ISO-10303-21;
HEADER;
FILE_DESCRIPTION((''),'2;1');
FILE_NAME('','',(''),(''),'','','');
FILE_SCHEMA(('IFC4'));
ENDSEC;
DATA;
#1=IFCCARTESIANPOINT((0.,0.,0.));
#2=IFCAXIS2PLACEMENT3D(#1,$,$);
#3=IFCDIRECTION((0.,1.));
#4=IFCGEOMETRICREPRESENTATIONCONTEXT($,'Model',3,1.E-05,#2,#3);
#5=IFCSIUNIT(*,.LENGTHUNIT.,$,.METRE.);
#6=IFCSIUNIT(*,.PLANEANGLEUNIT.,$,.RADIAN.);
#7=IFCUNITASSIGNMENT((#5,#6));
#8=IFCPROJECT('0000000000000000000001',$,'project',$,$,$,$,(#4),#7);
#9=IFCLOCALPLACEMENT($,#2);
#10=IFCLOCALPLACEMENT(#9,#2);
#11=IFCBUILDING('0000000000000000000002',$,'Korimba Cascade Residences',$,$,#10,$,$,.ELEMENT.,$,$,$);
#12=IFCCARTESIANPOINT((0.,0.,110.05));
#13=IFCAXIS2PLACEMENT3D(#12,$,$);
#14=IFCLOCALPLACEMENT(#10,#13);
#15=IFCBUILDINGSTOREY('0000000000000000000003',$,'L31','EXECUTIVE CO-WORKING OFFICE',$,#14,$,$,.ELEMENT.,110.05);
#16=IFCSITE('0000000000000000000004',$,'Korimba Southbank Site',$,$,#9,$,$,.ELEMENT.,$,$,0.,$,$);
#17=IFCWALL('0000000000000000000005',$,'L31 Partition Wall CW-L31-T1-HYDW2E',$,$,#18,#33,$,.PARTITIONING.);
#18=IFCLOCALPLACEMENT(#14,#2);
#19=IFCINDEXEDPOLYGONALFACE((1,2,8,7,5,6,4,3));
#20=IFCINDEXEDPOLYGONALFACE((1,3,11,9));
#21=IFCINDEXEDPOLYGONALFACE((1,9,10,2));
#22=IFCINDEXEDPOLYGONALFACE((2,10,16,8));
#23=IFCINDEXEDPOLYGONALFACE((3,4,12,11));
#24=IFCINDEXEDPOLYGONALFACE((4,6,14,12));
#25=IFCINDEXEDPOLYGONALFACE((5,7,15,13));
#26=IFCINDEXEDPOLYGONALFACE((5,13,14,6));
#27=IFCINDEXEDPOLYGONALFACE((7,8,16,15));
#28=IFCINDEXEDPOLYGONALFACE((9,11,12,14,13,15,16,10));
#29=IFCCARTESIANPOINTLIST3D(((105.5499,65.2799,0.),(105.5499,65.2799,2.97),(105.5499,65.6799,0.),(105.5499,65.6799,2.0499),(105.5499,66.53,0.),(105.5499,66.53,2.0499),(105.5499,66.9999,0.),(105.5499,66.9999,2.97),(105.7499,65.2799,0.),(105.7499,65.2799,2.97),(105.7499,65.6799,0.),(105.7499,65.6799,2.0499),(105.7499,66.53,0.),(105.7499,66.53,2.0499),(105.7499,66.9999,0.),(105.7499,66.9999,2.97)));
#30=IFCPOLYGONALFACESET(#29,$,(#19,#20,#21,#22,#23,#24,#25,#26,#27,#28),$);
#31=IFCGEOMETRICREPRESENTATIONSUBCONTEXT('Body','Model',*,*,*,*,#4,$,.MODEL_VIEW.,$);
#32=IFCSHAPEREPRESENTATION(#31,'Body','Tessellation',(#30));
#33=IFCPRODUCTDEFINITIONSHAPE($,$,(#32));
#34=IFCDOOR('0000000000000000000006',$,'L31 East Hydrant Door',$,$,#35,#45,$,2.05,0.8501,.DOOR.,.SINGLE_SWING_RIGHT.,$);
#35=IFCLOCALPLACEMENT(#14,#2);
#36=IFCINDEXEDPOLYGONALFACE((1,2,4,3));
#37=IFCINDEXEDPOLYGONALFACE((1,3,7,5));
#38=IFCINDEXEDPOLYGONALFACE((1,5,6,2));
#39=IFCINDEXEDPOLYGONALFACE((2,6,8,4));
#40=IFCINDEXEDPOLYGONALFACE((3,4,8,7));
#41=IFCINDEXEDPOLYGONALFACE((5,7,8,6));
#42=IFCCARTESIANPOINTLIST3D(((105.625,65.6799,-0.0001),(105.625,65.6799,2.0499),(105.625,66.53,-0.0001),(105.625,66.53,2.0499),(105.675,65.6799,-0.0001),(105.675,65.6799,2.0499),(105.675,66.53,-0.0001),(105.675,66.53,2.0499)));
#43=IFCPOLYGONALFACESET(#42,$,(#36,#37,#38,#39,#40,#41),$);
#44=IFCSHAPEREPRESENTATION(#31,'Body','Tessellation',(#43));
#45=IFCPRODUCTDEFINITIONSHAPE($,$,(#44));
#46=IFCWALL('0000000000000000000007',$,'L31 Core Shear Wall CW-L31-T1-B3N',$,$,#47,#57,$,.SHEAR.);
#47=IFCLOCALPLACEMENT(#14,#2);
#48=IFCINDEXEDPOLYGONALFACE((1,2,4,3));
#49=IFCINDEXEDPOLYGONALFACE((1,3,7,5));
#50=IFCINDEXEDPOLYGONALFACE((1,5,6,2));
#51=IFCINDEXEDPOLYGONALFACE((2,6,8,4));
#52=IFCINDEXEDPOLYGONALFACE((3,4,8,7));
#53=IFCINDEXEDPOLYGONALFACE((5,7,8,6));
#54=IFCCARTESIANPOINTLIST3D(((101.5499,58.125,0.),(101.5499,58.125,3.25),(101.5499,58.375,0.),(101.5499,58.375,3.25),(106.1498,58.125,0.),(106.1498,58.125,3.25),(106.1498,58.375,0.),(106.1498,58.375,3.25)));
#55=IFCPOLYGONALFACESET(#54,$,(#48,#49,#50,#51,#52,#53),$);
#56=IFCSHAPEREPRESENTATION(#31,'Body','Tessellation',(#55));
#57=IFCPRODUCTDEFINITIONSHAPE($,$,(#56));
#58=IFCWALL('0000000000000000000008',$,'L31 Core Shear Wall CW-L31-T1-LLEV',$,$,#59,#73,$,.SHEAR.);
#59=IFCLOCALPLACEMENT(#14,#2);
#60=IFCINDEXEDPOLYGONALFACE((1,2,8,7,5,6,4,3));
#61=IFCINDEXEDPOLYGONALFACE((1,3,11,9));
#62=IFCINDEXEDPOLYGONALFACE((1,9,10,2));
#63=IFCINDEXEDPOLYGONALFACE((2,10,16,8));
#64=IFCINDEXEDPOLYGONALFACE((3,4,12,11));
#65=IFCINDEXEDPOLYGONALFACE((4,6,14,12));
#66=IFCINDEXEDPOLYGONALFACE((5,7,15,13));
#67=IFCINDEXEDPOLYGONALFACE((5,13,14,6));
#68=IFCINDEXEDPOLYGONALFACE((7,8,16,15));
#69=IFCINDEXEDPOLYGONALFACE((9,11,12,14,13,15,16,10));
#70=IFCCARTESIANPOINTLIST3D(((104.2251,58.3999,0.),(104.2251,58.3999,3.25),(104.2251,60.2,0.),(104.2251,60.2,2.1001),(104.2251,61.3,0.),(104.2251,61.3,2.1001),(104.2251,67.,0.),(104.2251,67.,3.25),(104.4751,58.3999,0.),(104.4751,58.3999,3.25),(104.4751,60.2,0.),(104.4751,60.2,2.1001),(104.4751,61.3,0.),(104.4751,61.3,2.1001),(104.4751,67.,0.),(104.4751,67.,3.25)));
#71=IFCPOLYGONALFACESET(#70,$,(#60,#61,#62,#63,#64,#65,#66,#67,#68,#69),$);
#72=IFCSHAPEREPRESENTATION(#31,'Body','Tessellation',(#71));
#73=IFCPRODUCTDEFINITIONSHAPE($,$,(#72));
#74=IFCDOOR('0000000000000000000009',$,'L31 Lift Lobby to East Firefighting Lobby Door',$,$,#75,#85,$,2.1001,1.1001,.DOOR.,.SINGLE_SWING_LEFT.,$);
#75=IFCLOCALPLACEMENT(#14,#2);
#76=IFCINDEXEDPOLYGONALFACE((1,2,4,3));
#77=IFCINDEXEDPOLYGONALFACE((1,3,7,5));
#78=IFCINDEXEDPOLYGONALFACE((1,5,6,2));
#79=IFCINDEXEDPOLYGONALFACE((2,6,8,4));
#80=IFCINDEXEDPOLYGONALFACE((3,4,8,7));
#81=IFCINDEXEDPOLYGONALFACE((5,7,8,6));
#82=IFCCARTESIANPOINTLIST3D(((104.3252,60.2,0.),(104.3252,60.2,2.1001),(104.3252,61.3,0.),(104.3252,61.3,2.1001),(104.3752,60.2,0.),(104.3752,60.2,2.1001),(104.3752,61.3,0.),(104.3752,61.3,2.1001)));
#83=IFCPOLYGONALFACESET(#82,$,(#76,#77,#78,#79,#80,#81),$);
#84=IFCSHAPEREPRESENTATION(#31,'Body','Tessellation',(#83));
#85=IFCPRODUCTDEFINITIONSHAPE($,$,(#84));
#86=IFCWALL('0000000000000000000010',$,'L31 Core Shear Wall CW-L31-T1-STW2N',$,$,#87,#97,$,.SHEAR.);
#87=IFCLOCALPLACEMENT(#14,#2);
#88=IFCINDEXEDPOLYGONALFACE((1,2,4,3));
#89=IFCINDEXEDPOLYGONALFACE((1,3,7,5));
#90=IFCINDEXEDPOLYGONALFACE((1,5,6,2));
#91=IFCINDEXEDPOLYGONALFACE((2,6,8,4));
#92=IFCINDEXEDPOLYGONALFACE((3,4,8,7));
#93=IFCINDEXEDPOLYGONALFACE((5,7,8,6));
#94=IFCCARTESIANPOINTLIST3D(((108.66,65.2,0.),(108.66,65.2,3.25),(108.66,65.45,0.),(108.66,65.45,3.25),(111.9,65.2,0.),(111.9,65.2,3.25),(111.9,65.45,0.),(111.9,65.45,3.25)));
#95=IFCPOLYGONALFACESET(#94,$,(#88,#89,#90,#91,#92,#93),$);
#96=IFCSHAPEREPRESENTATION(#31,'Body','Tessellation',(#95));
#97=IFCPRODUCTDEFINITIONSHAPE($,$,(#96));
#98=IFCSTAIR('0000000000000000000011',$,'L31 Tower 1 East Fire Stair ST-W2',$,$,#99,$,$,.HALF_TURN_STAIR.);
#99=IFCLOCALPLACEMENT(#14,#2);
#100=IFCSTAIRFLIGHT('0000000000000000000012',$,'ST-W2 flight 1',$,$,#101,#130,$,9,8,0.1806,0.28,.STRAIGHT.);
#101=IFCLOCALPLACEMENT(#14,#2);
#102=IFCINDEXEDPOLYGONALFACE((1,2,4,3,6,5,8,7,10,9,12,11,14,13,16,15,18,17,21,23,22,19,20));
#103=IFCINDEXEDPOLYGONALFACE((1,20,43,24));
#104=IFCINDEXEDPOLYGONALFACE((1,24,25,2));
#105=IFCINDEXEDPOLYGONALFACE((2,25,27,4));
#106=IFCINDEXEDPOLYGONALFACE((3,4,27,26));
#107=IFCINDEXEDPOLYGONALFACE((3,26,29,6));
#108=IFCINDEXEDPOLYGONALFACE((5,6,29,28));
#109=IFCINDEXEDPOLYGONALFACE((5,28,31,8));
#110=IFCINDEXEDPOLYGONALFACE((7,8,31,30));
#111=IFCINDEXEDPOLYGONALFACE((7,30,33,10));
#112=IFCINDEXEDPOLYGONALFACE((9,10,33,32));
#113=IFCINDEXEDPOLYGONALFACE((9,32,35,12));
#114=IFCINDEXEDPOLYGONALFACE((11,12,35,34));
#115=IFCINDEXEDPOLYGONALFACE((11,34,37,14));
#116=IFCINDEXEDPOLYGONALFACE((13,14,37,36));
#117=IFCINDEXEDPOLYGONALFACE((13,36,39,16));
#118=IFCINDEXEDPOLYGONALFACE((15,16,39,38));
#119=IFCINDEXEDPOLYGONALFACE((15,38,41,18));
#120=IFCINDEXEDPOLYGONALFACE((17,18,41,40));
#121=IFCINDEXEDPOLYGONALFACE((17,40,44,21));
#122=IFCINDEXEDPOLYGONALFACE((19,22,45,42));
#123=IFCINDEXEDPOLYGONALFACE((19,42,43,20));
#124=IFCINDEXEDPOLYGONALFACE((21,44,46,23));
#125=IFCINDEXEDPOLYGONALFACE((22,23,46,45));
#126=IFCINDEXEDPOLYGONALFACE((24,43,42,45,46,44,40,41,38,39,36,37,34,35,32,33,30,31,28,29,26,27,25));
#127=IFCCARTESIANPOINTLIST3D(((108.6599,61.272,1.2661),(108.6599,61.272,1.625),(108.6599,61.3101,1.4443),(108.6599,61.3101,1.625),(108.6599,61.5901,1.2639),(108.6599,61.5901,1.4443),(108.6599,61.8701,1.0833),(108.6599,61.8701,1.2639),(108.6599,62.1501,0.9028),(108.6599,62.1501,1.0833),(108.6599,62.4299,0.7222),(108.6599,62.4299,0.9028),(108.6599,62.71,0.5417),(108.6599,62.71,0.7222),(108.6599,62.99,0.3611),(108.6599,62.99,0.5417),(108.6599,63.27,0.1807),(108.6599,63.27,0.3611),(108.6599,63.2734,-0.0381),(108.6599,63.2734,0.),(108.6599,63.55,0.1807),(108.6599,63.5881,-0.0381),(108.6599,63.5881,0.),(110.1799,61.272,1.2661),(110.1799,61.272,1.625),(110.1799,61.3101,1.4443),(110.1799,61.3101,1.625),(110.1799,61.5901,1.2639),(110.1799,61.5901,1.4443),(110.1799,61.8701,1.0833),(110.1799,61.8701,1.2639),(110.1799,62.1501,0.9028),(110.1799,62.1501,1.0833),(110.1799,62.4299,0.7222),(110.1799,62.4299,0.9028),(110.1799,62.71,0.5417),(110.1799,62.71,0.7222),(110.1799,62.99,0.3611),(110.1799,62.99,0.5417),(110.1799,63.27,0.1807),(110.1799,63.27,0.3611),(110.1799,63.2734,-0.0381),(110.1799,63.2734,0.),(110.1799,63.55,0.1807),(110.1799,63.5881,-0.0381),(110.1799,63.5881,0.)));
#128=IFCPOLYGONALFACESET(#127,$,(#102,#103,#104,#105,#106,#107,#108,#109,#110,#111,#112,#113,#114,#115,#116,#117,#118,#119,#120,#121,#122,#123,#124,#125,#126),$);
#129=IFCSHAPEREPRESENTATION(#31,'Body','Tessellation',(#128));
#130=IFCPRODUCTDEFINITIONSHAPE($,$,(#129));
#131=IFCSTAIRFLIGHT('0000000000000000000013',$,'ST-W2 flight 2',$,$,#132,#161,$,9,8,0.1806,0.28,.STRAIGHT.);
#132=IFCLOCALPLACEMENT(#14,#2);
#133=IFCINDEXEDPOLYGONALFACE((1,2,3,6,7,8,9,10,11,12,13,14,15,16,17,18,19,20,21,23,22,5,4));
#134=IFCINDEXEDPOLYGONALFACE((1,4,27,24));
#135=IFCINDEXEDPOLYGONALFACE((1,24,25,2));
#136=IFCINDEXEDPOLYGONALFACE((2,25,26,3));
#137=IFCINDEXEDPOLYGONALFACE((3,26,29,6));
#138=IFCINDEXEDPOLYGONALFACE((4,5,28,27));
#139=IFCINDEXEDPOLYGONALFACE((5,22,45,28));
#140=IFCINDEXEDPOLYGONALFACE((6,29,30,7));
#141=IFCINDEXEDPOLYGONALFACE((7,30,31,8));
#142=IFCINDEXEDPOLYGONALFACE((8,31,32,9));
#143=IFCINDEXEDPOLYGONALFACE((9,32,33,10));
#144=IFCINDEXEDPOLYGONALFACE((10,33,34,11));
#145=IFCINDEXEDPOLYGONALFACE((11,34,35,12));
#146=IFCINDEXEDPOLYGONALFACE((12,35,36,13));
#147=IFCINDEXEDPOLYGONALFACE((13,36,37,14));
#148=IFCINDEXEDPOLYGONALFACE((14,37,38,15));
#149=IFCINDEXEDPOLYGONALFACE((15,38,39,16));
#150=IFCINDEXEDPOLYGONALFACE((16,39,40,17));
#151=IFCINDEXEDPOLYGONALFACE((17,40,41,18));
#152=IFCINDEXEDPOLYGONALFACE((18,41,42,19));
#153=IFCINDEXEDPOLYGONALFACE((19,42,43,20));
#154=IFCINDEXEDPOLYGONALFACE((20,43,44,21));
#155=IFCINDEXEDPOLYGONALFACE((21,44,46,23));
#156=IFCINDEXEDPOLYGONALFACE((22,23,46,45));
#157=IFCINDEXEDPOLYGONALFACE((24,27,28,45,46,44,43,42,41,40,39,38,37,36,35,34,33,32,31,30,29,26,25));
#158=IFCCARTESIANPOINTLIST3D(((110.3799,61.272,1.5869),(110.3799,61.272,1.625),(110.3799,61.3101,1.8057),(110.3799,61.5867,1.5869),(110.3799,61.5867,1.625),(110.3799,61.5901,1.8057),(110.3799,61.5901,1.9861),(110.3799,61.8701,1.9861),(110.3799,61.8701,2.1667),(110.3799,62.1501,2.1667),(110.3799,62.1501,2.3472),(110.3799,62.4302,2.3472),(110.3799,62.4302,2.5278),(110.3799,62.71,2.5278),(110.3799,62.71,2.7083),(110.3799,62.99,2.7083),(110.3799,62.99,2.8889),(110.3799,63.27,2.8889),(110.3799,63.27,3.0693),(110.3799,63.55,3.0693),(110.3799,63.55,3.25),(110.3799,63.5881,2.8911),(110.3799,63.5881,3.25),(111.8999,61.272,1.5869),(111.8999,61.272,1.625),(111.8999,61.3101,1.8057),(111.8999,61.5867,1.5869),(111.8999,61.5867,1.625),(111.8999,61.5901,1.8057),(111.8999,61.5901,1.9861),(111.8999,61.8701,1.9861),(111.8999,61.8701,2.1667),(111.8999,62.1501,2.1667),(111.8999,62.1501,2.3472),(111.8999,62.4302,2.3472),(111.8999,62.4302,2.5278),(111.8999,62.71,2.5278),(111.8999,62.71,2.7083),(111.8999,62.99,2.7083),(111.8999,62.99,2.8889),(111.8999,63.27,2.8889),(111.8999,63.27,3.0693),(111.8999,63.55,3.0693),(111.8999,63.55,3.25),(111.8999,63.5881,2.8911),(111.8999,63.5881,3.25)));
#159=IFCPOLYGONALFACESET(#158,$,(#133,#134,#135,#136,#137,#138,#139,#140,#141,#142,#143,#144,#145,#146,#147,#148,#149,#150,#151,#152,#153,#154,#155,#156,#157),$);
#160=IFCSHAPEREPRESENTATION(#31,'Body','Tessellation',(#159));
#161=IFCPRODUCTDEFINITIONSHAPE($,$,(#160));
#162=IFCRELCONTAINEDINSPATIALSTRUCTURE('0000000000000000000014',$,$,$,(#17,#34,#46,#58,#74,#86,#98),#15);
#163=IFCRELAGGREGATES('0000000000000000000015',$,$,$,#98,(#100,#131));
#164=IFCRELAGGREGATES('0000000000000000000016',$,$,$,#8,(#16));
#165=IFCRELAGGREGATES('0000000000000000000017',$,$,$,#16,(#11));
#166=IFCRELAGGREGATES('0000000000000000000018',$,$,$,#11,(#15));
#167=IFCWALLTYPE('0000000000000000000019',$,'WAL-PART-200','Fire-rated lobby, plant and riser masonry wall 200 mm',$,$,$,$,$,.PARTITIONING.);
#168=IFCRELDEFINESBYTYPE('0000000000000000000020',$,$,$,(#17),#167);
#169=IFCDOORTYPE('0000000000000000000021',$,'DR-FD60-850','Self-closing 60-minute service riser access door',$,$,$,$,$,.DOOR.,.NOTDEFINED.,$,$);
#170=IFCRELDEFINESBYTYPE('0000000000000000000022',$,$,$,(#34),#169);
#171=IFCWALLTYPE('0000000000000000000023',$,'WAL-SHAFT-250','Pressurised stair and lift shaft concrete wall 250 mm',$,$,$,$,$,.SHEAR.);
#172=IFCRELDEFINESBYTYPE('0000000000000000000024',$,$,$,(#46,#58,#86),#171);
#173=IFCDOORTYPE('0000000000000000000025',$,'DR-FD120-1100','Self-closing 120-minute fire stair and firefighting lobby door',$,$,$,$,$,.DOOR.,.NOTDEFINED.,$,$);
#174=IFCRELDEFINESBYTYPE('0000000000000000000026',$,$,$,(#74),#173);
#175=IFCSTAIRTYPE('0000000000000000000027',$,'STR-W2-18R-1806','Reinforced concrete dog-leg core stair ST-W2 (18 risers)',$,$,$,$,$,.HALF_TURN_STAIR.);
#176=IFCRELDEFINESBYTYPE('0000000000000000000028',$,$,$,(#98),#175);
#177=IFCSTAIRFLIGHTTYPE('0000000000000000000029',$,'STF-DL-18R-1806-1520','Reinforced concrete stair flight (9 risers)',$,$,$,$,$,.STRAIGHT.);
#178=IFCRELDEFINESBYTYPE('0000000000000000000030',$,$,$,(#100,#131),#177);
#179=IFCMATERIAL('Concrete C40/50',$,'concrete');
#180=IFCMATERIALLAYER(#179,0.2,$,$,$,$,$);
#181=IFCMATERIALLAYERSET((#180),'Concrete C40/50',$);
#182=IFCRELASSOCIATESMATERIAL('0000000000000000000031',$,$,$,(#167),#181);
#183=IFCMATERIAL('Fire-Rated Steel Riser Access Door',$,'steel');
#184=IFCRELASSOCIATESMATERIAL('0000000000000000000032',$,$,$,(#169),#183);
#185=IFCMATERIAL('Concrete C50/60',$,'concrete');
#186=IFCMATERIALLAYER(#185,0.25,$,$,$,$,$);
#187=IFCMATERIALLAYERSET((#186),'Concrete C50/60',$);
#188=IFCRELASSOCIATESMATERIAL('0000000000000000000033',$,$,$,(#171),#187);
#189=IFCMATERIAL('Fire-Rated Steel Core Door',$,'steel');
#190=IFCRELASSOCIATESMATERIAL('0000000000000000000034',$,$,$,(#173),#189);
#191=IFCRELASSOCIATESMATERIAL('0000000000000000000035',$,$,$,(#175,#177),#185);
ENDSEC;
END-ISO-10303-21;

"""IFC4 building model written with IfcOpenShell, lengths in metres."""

from ifc_helpers import new_model, si_unit, direction, frame, frame_2d, origin, place, context, subcontext, project, spatial, polyline, rectangle, outline, extrude, material, layer, layer_set, type_object, element, fill, aggregate, save


model = new_model("IFC4")

# Units and contexts
model_context = context("Model", 3, precision=1e-05, world=origin(), true_north=direction((0.0, 1.0)))
body_context = subcontext(model_context, "Body", "Model", "MODEL_VIEW")
ifc_project = project(units=[si_unit("LENGTHUNIT", "METRE"), si_unit("PLANEANGLEUNIT", "RADIAN")], contexts=[model_context])

# Site, building, storey
site_placement = place(None, origin())
site = spatial("IfcSite", under=ifc_project, at=site_placement, Name="Korimba Southbank Site", CompositionType="ELEMENT", RefElevation=0.0)
building_placement = place(site_placement, origin())
building = spatial("IfcBuilding", under=site, at=building_placement, Name="Korimba Cascade Residences", CompositionType="ELEMENT")
storey_placement = place(building_placement, frame((0.0, 0.0, 110.05)))
storey = spatial("IfcBuildingStorey", under=building, at=storey_placement, Name="L31", Description="EXECUTIVE CO-WORKING OFFICE", CompositionType="ELEMENT", Elevation=110.05)

# Shared definitions
ifc_material_1 = material(Name="Concrete C40/50", Category="concrete")
ifc_layer_1 = layer(ifc_material_1, 0.2)
ifc_layer_set_1 = layer_set([ifc_layer_1], Name="Concrete C40/50")
wall_type_1 = type_object("IfcWallType", Name="WAL-PART-200", Description="Fire-rated lobby, plant and riser masonry wall 200 mm", PredefinedType="PARTITIONING", material=ifc_layer_set_1)

# Wall, opening, door
wall_1_placement = place(storey_placement, frame((105.6499, 65.28, 0.0), z_axis=(0.0, 0.0, 1.0), x_axis=(0.0, 1.0, 0.0)))
wall_1 = element("IfcWall", 1, at=wall_1_placement, inside=storey, type_object=wall_type_1, Name="L31 Partition Wall CW-L31-T1-HYDW2E", PredefinedType="PARTITIONING", context=body_context, shape_type="SweptSolid", body=[
    extrude(rectangle(XDim=1.72, YDim=0.2, at=frame_2d((0.8599, 0.0))), origin(), (0.0, 0.0, 1.0), 2.97),
])
opening_1_placement = place(wall_1_placement, frame((0.3999, 0.0, 0.0)))
opening_1 = element("IfcOpeningElement", 2, at=opening_1_placement, cuts=wall_1, PredefinedType="OPENING", context=body_context, shape_type="SweptSolid", body=[
    extrude(rectangle(XDim=0.8501, YDim=2.05, at=frame_2d((0.425, 1.0249))), frame((0.0, 0.1099, 0.0), z_axis=(0.0, -1.0, 0.0), x_axis=(1.0, 0.0, 0.0)), (0.0, 0.0, 1.0), 0.22),
])
ifc_material_2 = material(Name="Fire-Rated Steel Riser Access Door", Category="steel")
door_type_1 = type_object("IfcDoorType", Name="DR-FD60-850", Description="Self-closing 60-minute service riser access door", OperationType="NOTDEFINED", PredefinedType="DOOR", material=ifc_material_2)
door_1_placement = place(opening_1_placement, origin())
door_1 = element("IfcDoor", 3, at=door_1_placement, inside=storey, type_object=door_type_1, Name="L31 East Hydrant Door", OperationType="SINGLE_SWING_RIGHT", OverallHeight=2.05, OverallWidth=0.8501, PredefinedType="DOOR", context=body_context, shape_type="SweptSolid", body=[
    extrude(rectangle(XDim=0.8501, YDim=2.05, at=frame_2d((0.425, 1.0249))), frame((0.0, 0.0249, 0.0), z_axis=(0.0, -1.0, 0.0), x_axis=(1.0, 0.0, 0.0)), (0.0, 0.0, 1.0), 0.05),
])
fill(opening_1, door_1)

# Wall
ifc_material_3 = material(Name="Concrete C50/60", Category="concrete")
ifc_layer_2 = layer(ifc_material_3, 0.25)
ifc_layer_set_2 = layer_set([ifc_layer_2], Name="Concrete C50/60")
wall_type_2 = type_object("IfcWallType", Name="WAL-SHAFT-250", Description="Pressurised stair and lift shaft concrete wall 250 mm", PredefinedType="SHEAR", material=ifc_layer_set_2)
wall_2_placement = place(storey_placement, frame((101.55, 58.25, 0.0), z_axis=(0.0, 0.0, 1.0), x_axis=(1.0, 0.0, 0.0)))
element("IfcWall", 4, at=wall_2_placement, inside=storey, type_object=wall_type_2, Name="L31 Core Shear Wall CW-L31-T1-B3N", PredefinedType="SHEAR", context=body_context, shape_type="SweptSolid", body=[
    extrude(rectangle(XDim=4.5999, YDim=0.25, at=frame_2d((2.2998, 0.0))), origin(), (0.0, 0.0, 1.0), 3.25),
])

# Wall, opening, door
wall_3_placement = place(storey_placement, frame((104.3501, 58.3999, 0.0), z_axis=(0.0, 0.0, 1.0), x_axis=(0.0, 1.0, 0.0)))
wall_3 = element("IfcWall", 5, at=wall_3_placement, inside=storey, type_object=wall_type_2, Name="L31 Core Shear Wall CW-L31-T1-LLEV", PredefinedType="SHEAR", context=body_context, shape_type="SweptSolid", body=[
    extrude(rectangle(XDim=8.6001, YDim=0.25, at=frame_2d((4.3, 0.0))), origin(), (0.0, 0.0, 1.0), 3.25),
])
opening_2_placement = place(wall_3_placement, frame((1.8, 0.0, 0.0)))
opening_2 = element("IfcOpeningElement", 6, at=opening_2_placement, cuts=wall_3, PredefinedType="OPENING", context=body_context, shape_type="SweptSolid", body=[
    extrude(rectangle(XDim=1.1001, YDim=2.1001, at=frame_2d((0.55, 1.05))), frame((0.0, 0.135, 0.0), z_axis=(0.0, -1.0, 0.0), x_axis=(1.0, 0.0, 0.0)), (0.0, 0.0, 1.0), 0.27),
])
ifc_material_4 = material(Name="Fire-Rated Steel Core Door", Category="steel")
door_type_2 = type_object("IfcDoorType", Name="DR-FD120-1100", Description="Self-closing 120-minute fire stair and firefighting lobby door", OperationType="NOTDEFINED", PredefinedType="DOOR", material=ifc_material_4)
door_2_placement = place(opening_2_placement, origin())
door_2 = element("IfcDoor", 7, at=door_2_placement, inside=storey, type_object=door_type_2, Name="L31 Lift Lobby to East Firefighting Lobby Door", OperationType="SINGLE_SWING_LEFT", OverallHeight=2.1001, OverallWidth=1.1001, PredefinedType="DOOR", context=body_context, shape_type="SweptSolid", body=[
    extrude(rectangle(XDim=1.1001, YDim=2.1001, at=frame_2d((0.55, 1.05))), frame((0.0, 0.0249, 0.0), z_axis=(0.0, -1.0, 0.0), x_axis=(1.0, 0.0, 0.0)), (0.0, 0.0, 1.0), 0.05),
])
fill(opening_2, door_2)

# Wall
wall_4_placement = place(storey_placement, frame((108.6599, 65.325, 0.0), z_axis=(0.0, 0.0, 1.0), x_axis=(1.0, 0.0, 0.0)))
element("IfcWall", 8, at=wall_4_placement, inside=storey, type_object=wall_type_2, Name="L31 Core Shear Wall CW-L31-T1-STW2N", PredefinedType="SHEAR", context=body_context, shape_type="SweptSolid", body=[
    extrude(rectangle(XDim=3.24, YDim=0.25, at=frame_2d((1.6201, 0.0))), origin(), (0.0, 0.0, 1.0), 3.25),
])

# Stair, stair flights
stair_type = type_object("IfcStairType", Name="STR-W2-18R-1806", Description="Reinforced concrete dog-leg core stair ST-W2 (18 risers)", PredefinedType="HALF_TURN_STAIR", material=ifc_material_3)
stair_placement = place(storey_placement, origin())
stair = element("IfcStair", 9, at=stair_placement, inside=storey, type_object=stair_type, Name="L31 Tower 1 East Fire Stair ST-W2", PredefinedType="HALF_TURN_STAIR")
stair_flight_type = type_object("IfcStairFlightType", Name="STF-DL-18R-1806-1520", Description="Reinforced concrete stair flight (9 risers)", PredefinedType="STRAIGHT", material=ifc_material_3)
stair_flight_1_placement = place(storey_placement, frame((109.4199, 63.55, 0.0), z_axis=(0.0, 0.0, 1.0), x_axis=(0.0, -1.0, 0.0)))
stair_flight_1 = element("IfcStairFlight", 10, at=stair_flight_1_placement, type_object=stair_flight_type, Name="ST-W2 flight 1", NumberOfRisers=9, NumberOfTreads=8, PredefinedType="STRAIGHT", RiserHeight=0.1806, TreadLength=0.28, context=body_context, shape_type="SweptSolid", body=[
    extrude(outline(polyline([(-0.0381, 0.0), (0.0, 0.1807), (0.28, 0.1807), (0.28, 0.3611), (0.5601, 0.3611), (0.5601, 0.5417), (0.8401, 0.5417), (0.8401, 0.7222), (1.1201, 0.7222), (1.1201, 0.9028), (1.3999, 0.9028), (1.3999, 1.0833), (1.6799, 1.0833), (1.6799, 1.2639), (1.96, 1.2639), (1.96, 1.4443), (2.24, 1.4443), (2.24, 1.625), (2.2781, 1.625), (2.2781, 1.2661), (0.2766, 0.0), (0.2766, -0.0381), (-0.0381, -0.0381), (-0.0381, 0.0)])), frame((0.0, 0.76, 0.0), z_axis=(0.0, -1.0, 0.0), x_axis=(1.0, 0.0, 0.0)), (0.0, 0.0, 1.0), 1.52),
])
stair_flight_2_placement = place(storey_placement, frame((111.1399, 61.3101, 1.625), z_axis=(0.0, 0.0, 1.0), x_axis=(0.0, 1.0, 0.0)))
stair_flight_2 = element("IfcStairFlight", 11, at=stair_flight_2_placement, type_object=stair_flight_type, Name="ST-W2 flight 2", NumberOfRisers=9, NumberOfTreads=8, PredefinedType="STRAIGHT", RiserHeight=0.1806, TreadLength=0.28, context=body_context, shape_type="SweptSolid", body=[
    extrude(outline(polyline([(-0.0381, 0.0), (0.0, 0.1807), (0.28, 0.1807), (0.28, 0.3611), (0.5601, 0.3611), (0.5601, 0.5417), (0.8401, 0.5417), (0.8401, 0.7222), (1.1201, 0.7222), (1.1201, 0.9028), (1.3999, 0.9028), (1.3999, 1.0833), (1.6799, 1.0833), (1.6799, 1.2639), (1.96, 1.2639), (1.96, 1.4443), (2.24, 1.4443), (2.24, 1.625), (2.2781, 1.625), (2.2781, 1.2661), (0.2766, 0.0), (0.2766, -0.0381), (-0.0381, -0.0381), (-0.0381, 0.0)])), frame((0.0, 0.76, 0.0), z_axis=(0.0, -1.0, 0.0), x_axis=(1.0, 0.0, 0.0)), (0.0, 0.0, 1.0), 1.52),
])
aggregate(stair, [stair_flight_1, stair_flight_2])

save(model, "model.ifc")
